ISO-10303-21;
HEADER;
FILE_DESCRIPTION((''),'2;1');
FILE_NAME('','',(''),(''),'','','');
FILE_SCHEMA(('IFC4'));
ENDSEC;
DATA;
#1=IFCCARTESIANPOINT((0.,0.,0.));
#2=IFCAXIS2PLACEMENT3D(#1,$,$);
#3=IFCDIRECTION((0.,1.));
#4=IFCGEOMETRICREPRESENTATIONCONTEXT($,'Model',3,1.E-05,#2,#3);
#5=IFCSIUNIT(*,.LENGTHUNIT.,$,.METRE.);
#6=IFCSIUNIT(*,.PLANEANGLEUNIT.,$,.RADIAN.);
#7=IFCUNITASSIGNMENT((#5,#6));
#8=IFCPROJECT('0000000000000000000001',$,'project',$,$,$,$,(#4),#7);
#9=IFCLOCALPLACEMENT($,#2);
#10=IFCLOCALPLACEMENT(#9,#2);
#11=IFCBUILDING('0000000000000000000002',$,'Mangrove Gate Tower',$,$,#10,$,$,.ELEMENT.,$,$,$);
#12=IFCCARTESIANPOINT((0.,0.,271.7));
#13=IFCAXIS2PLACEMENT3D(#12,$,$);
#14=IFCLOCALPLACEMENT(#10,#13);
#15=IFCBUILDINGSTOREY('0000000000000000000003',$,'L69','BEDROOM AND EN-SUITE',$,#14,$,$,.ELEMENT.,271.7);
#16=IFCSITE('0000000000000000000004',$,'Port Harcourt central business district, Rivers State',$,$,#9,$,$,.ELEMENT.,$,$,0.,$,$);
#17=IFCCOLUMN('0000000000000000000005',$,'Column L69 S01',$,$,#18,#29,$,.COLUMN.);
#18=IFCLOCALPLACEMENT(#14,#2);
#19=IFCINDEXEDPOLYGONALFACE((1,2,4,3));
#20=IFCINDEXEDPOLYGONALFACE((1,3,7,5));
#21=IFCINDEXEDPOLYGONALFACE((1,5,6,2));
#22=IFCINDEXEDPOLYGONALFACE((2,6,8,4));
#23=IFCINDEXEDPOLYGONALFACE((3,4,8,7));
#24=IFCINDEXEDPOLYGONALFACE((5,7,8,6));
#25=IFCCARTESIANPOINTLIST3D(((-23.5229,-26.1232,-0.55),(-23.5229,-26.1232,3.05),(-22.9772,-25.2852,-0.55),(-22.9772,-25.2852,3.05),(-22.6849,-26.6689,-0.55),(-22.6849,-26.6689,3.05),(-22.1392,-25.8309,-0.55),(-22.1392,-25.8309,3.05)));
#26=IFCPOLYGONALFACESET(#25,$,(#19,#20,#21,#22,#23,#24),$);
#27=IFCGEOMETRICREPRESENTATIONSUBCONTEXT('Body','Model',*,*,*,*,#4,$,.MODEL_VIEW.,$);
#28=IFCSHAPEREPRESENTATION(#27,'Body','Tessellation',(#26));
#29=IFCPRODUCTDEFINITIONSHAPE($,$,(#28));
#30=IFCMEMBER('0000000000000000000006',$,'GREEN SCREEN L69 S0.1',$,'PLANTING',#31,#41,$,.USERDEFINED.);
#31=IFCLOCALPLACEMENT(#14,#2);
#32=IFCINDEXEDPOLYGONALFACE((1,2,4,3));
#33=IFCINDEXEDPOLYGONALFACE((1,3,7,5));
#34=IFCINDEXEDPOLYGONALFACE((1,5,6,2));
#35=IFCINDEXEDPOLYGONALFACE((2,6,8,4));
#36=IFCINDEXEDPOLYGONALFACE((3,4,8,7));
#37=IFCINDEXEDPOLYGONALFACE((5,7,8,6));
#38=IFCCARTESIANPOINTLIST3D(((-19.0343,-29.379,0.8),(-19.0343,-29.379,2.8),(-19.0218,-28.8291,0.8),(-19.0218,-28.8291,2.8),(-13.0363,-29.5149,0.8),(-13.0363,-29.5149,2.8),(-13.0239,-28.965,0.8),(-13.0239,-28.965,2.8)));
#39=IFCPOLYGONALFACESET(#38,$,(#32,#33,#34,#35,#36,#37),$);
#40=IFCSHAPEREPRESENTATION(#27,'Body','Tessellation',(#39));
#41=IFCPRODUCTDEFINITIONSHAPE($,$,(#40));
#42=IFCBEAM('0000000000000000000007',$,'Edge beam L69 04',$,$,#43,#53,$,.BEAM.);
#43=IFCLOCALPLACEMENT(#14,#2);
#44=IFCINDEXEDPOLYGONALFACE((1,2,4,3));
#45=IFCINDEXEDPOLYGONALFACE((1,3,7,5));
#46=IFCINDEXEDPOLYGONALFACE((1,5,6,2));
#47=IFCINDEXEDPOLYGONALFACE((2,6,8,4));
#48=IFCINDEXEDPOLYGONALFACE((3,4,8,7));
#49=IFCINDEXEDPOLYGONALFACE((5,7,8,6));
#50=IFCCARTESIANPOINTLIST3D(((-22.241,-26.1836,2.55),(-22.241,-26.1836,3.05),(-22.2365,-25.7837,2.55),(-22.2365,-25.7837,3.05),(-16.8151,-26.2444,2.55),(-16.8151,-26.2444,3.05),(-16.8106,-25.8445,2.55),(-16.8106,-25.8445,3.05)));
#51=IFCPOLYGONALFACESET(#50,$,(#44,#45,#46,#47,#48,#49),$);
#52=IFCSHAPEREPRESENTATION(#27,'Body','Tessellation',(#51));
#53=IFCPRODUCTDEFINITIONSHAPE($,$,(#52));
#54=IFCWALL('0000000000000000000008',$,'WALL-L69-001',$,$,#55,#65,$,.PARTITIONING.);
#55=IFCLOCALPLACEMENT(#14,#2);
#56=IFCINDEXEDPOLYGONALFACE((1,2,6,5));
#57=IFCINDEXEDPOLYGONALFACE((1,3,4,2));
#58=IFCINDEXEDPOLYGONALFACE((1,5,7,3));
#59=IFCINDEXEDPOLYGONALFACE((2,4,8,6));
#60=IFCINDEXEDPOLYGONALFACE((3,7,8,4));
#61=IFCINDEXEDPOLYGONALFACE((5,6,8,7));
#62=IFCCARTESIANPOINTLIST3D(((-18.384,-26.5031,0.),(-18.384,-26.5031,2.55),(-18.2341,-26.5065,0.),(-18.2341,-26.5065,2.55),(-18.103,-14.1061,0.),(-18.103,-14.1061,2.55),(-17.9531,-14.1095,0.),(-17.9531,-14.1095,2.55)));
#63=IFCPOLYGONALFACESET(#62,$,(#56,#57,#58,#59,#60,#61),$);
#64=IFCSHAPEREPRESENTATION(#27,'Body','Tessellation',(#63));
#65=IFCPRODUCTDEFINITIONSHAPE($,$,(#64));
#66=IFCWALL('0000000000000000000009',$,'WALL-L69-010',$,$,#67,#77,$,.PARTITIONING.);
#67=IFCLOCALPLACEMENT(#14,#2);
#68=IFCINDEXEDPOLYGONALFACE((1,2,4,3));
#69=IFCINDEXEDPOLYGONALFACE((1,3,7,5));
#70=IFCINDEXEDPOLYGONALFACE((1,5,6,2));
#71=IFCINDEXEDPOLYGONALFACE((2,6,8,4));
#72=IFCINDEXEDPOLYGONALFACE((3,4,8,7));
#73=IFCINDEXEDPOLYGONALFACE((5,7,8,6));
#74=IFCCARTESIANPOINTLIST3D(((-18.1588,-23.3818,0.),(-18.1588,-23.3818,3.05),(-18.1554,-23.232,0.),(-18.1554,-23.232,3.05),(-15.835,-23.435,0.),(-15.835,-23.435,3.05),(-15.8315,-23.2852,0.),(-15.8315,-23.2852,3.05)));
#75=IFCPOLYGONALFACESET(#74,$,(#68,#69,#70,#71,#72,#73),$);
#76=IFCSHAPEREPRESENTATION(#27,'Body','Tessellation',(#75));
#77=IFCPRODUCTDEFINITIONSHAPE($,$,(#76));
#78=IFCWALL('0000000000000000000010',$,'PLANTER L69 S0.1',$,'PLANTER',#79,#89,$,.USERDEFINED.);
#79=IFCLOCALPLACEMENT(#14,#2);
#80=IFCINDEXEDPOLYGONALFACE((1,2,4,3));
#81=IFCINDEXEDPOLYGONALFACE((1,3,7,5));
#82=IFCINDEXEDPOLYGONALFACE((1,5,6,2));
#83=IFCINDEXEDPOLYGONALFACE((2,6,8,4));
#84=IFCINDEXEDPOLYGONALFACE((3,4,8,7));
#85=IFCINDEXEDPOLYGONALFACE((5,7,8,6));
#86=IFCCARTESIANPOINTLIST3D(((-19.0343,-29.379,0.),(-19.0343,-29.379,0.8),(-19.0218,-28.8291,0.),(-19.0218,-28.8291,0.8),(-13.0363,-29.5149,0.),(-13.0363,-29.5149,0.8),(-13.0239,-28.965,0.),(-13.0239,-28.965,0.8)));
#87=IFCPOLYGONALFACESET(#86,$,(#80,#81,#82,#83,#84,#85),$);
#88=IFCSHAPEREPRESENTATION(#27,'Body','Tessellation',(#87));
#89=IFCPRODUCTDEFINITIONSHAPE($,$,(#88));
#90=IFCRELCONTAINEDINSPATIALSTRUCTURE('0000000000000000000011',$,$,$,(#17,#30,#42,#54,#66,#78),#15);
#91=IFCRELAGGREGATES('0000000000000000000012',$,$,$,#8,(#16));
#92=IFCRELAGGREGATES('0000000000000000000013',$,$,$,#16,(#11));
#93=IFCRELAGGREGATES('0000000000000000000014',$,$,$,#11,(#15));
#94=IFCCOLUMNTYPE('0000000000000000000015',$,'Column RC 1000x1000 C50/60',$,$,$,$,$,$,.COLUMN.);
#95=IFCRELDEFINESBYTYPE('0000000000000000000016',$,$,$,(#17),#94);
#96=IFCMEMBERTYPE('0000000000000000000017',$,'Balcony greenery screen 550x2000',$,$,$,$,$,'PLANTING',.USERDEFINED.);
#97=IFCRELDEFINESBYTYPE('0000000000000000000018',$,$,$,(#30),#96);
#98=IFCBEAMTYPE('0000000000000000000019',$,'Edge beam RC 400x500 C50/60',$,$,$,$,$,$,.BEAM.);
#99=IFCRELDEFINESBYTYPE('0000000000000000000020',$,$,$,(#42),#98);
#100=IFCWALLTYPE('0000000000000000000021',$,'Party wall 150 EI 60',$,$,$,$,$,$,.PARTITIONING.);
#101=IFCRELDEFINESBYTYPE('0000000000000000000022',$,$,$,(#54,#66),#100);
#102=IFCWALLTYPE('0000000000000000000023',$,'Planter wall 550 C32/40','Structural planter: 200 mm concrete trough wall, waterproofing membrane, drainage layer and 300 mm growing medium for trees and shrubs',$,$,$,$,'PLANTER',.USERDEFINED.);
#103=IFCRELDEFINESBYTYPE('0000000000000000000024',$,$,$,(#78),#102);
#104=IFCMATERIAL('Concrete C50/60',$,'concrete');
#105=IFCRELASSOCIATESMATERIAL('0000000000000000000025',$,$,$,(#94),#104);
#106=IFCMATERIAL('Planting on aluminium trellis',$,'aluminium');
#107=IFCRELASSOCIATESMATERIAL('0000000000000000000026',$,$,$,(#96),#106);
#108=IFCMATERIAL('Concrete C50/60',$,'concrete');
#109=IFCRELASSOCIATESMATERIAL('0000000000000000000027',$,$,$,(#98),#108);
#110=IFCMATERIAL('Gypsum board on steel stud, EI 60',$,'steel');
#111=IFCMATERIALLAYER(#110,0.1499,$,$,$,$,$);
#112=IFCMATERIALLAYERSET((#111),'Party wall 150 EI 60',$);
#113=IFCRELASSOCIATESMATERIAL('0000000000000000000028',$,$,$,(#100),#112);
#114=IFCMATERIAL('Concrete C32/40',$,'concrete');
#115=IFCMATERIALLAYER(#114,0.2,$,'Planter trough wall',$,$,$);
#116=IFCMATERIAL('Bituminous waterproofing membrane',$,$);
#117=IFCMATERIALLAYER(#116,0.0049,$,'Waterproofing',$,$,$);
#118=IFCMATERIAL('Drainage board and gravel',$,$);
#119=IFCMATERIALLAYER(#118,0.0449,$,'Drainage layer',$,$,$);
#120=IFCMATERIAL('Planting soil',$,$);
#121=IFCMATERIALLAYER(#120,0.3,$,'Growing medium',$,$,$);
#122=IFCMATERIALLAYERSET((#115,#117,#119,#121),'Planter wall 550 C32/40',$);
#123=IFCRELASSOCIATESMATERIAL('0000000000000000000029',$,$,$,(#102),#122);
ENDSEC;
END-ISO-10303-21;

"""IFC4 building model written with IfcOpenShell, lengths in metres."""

from ifc_helpers import new_model, si_unit, direction, frame, frame_2d, origin, origin_2d, place, context, subcontext, project, spatial, rectangle, extrude, material, layer, layer_set, material_profile, profile_set, type_object, element, save


model = new_model("IFC4")

# Units and contexts
model_context = context("Model", 3, precision=1e-05, world=origin(), true_north=direction((0.0, 1.0)))
body_context = subcontext(model_context, "Body", "Model", "MODEL_VIEW")
ifc_project = project(units=[si_unit("LENGTHUNIT", "METRE"), si_unit("PLANEANGLEUNIT", "RADIAN")], contexts=[model_context])

# Site, building, storey
site_placement = place(None, origin())
site = spatial("IfcSite", under=ifc_project, at=site_placement, Name="Port Harcourt central business district, Rivers State", CompositionType="ELEMENT", RefElevation=0.0)
building_placement = place(site_placement, origin())
building = spatial("IfcBuilding", under=site, at=building_placement, Name="Mangrove Gate Tower", CompositionType="ELEMENT")
storey_placement = place(building_placement, frame((0.0, 0.0, 271.7)))
storey = spatial("IfcBuildingStorey", under=building, at=storey_placement, Name="L69", Description="BEDROOM AND EN-SUITE", CompositionType="ELEMENT", Elevation=271.7)

# Column
ifc_material_1 = material(Name="Concrete C50/60", Category="concrete")
ifc_material_profile_1 = material_profile(ifc_material_1, rectangle(XDim=1.0, YDim=1.0, at=origin_2d()))
ifc_profile_set_1 = profile_set([ifc_material_profile_1], Name="Concrete C50/60")
column_type = type_object("IfcColumnType", Name="Column RC 1000x1000 C50/60", PredefinedType="COLUMN", material=ifc_profile_set_1)
column_placement = place(storey_placement, frame((-22.8311, -25.9771, -0.55), z_axis=(0.0, 0.0, 1.0), x_axis=(0.837962, -0.545728, 0.0)))
element("IfcColumn", 1, at=column_placement, inside=storey, type_object=column_type, Name="Column L69 S01", PredefinedType="COLUMN", context=body_context, shape_type="SweptSolid", body=[
    extrude(rectangle(XDim=1.0, YDim=1.0, at=origin_2d()), origin(), (0.0, 0.0, 1.0), 3.6001),
])

# Member
ifc_material_2 = material(Name="Planting on aluminium trellis", Category="aluminium")
ifc_material_profile_2 = material_profile(ifc_material_2, rectangle(XDim=0.55, YDim=2.0, at=origin_2d()))
ifc_profile_set_2 = profile_set([ifc_material_profile_2], Name="Planting on aluminium trellis")
member_type = type_object("IfcMemberType", Name="Balcony greenery screen 550x2000", ElementType="PLANTING", PredefinedType="USERDEFINED", material=ifc_profile_set_2)
member_placement = place(storey_placement, frame((-19.0281, -29.104, 1.8), z_axis=(0.999743, -0.022666, 0.0), x_axis=(0.022666, 0.999743, 0.0)))
element("IfcMember", 2, at=member_placement, inside=storey, type_object=member_type, Name="GREEN SCREEN L69 S0.1", ObjectType="PLANTING", PredefinedType="USERDEFINED", context=body_context, shape_type="SweptSolid", body=[
    extrude(rectangle(XDim=0.55, YDim=2.0, at=origin_2d()), origin(), (0.0, 0.0, 1.0), 5.9995),
])

# Beam
ifc_material_3 = material(Name="Concrete C50/60", Category="concrete")
ifc_material_profile_3 = material_profile(ifc_material_3, rectangle(XDim=0.3999, YDim=0.5, at=origin_2d()))
ifc_profile_set_3 = profile_set([ifc_material_profile_3], Name="Concrete C50/60")
beam_type = type_object("IfcBeamType", Name="Edge beam RC 400x500 C50/60", PredefinedType="BEAM", material=ifc_profile_set_3)
beam_placement = place(storey_placement, frame((-22.2388, -25.9836, 2.8), z_axis=(0.999937, -0.011203, 0.0), x_axis=(0.011203, 0.999937, 0.0)))
element("IfcBeam", 3, at=beam_placement, inside=storey, type_object=beam_type, Name="Edge beam L69 04", PredefinedType="BEAM", context=body_context, shape_type="SweptSolid", body=[
    extrude(rectangle(XDim=0.3999, YDim=0.5, at=origin_2d()), origin(), (0.0, 0.0, 1.0), 5.4263),
])

# Walls
ifc_material_4 = material(Name="Gypsum board on steel stud, EI 60", Category="steel")
ifc_layer_1 = layer(ifc_material_4, 0.1499)
ifc_layer_set_1 = layer_set([ifc_layer_1], Name="Party wall 150 EI 60")
wall_type_1 = type_object("IfcWallType", Name="Party wall 150 EI 60", PredefinedType="PARTITIONING", material=ifc_layer_set_1)
wall_1_placement = place(storey_placement, frame((-18.3091, -26.5049, 0.0), z_axis=(0.0, 0.0, 1.0), x_axis=(0.022661, 0.999743, 0.0)))
element("IfcWall", 4, at=wall_1_placement, inside=storey, type_object=wall_type_1, Name="WALL-L69-001", PredefinedType="PARTITIONING", context=body_context, shape_type="SweptSolid", body=[
    extrude(rectangle(XDim=12.4001, YDim=0.1499, at=frame_2d((6.2002, 0.0))), origin(), (0.0, 0.0, 1.0), 2.55),
])
wall_2_placement = place(storey_placement, frame((-18.157, -23.3069, 0.0), z_axis=(0.0, 0.0, 1.0), x_axis=(0.999738, -0.022896, 0.0)))
element("IfcWall", 5, at=wall_2_placement, inside=storey, type_object=wall_type_1, Name="WALL-L69-010", PredefinedType="PARTITIONING", context=body_context, shape_type="SweptSolid", body=[
    extrude(rectangle(XDim=2.3245, YDim=0.1499, at=frame_2d((1.1621, 0.0))), origin(), (0.0, 0.0, 1.0), 3.05),
])
ifc_material_5 = material(Name="Concrete C32/40", Category="concrete")
ifc_layer_2 = layer(ifc_material_5, 0.2, Name="Planter trough wall")
ifc_material_6 = material(Name="Bituminous waterproofing membrane")
ifc_layer_3 = layer(ifc_material_6, 0.0049, Name="Waterproofing")
ifc_material_7 = material(Name="Drainage board and gravel")
ifc_layer_4 = layer(ifc_material_7, 0.0449, Name="Drainage layer")
ifc_material_8 = material(Name="Planting soil")
ifc_layer_5 = layer(ifc_material_8, 0.3, Name="Growing medium")
ifc_layer_set_2 = layer_set([ifc_layer_2, ifc_layer_3, ifc_layer_4, ifc_layer_5], Name="Planter wall 550 C32/40")
wall_type_2 = type_object("IfcWallType", Name="Planter wall 550 C32/40", Description="Structural planter: 200 mm concrete trough wall, waterproofing membrane, drainage layer and 300 mm growing medium for trees and shrubs", ElementType="PLANTER", PredefinedType="USERDEFINED", material=ifc_layer_set_2)
wall_3_placement = place(storey_placement, frame((-19.0281, -29.104, 0.0), z_axis=(0.0, 0.0, 1.0), x_axis=(0.999743, -0.022666, 0.0)))
element("IfcWall", 6, at=wall_3_placement, inside=storey, type_object=wall_type_2, Name="PLANTER L69 S0.1", ObjectType="PLANTER", PredefinedType="USERDEFINED", context=body_context, shape_type="SweptSolid", body=[
    extrude(rectangle(XDim=5.9995, YDim=0.55, at=frame_2d((2.9998, 0.0))), origin(), (0.0, 0.0, 1.0), 0.8),
])

save(model, "model.ifc")
